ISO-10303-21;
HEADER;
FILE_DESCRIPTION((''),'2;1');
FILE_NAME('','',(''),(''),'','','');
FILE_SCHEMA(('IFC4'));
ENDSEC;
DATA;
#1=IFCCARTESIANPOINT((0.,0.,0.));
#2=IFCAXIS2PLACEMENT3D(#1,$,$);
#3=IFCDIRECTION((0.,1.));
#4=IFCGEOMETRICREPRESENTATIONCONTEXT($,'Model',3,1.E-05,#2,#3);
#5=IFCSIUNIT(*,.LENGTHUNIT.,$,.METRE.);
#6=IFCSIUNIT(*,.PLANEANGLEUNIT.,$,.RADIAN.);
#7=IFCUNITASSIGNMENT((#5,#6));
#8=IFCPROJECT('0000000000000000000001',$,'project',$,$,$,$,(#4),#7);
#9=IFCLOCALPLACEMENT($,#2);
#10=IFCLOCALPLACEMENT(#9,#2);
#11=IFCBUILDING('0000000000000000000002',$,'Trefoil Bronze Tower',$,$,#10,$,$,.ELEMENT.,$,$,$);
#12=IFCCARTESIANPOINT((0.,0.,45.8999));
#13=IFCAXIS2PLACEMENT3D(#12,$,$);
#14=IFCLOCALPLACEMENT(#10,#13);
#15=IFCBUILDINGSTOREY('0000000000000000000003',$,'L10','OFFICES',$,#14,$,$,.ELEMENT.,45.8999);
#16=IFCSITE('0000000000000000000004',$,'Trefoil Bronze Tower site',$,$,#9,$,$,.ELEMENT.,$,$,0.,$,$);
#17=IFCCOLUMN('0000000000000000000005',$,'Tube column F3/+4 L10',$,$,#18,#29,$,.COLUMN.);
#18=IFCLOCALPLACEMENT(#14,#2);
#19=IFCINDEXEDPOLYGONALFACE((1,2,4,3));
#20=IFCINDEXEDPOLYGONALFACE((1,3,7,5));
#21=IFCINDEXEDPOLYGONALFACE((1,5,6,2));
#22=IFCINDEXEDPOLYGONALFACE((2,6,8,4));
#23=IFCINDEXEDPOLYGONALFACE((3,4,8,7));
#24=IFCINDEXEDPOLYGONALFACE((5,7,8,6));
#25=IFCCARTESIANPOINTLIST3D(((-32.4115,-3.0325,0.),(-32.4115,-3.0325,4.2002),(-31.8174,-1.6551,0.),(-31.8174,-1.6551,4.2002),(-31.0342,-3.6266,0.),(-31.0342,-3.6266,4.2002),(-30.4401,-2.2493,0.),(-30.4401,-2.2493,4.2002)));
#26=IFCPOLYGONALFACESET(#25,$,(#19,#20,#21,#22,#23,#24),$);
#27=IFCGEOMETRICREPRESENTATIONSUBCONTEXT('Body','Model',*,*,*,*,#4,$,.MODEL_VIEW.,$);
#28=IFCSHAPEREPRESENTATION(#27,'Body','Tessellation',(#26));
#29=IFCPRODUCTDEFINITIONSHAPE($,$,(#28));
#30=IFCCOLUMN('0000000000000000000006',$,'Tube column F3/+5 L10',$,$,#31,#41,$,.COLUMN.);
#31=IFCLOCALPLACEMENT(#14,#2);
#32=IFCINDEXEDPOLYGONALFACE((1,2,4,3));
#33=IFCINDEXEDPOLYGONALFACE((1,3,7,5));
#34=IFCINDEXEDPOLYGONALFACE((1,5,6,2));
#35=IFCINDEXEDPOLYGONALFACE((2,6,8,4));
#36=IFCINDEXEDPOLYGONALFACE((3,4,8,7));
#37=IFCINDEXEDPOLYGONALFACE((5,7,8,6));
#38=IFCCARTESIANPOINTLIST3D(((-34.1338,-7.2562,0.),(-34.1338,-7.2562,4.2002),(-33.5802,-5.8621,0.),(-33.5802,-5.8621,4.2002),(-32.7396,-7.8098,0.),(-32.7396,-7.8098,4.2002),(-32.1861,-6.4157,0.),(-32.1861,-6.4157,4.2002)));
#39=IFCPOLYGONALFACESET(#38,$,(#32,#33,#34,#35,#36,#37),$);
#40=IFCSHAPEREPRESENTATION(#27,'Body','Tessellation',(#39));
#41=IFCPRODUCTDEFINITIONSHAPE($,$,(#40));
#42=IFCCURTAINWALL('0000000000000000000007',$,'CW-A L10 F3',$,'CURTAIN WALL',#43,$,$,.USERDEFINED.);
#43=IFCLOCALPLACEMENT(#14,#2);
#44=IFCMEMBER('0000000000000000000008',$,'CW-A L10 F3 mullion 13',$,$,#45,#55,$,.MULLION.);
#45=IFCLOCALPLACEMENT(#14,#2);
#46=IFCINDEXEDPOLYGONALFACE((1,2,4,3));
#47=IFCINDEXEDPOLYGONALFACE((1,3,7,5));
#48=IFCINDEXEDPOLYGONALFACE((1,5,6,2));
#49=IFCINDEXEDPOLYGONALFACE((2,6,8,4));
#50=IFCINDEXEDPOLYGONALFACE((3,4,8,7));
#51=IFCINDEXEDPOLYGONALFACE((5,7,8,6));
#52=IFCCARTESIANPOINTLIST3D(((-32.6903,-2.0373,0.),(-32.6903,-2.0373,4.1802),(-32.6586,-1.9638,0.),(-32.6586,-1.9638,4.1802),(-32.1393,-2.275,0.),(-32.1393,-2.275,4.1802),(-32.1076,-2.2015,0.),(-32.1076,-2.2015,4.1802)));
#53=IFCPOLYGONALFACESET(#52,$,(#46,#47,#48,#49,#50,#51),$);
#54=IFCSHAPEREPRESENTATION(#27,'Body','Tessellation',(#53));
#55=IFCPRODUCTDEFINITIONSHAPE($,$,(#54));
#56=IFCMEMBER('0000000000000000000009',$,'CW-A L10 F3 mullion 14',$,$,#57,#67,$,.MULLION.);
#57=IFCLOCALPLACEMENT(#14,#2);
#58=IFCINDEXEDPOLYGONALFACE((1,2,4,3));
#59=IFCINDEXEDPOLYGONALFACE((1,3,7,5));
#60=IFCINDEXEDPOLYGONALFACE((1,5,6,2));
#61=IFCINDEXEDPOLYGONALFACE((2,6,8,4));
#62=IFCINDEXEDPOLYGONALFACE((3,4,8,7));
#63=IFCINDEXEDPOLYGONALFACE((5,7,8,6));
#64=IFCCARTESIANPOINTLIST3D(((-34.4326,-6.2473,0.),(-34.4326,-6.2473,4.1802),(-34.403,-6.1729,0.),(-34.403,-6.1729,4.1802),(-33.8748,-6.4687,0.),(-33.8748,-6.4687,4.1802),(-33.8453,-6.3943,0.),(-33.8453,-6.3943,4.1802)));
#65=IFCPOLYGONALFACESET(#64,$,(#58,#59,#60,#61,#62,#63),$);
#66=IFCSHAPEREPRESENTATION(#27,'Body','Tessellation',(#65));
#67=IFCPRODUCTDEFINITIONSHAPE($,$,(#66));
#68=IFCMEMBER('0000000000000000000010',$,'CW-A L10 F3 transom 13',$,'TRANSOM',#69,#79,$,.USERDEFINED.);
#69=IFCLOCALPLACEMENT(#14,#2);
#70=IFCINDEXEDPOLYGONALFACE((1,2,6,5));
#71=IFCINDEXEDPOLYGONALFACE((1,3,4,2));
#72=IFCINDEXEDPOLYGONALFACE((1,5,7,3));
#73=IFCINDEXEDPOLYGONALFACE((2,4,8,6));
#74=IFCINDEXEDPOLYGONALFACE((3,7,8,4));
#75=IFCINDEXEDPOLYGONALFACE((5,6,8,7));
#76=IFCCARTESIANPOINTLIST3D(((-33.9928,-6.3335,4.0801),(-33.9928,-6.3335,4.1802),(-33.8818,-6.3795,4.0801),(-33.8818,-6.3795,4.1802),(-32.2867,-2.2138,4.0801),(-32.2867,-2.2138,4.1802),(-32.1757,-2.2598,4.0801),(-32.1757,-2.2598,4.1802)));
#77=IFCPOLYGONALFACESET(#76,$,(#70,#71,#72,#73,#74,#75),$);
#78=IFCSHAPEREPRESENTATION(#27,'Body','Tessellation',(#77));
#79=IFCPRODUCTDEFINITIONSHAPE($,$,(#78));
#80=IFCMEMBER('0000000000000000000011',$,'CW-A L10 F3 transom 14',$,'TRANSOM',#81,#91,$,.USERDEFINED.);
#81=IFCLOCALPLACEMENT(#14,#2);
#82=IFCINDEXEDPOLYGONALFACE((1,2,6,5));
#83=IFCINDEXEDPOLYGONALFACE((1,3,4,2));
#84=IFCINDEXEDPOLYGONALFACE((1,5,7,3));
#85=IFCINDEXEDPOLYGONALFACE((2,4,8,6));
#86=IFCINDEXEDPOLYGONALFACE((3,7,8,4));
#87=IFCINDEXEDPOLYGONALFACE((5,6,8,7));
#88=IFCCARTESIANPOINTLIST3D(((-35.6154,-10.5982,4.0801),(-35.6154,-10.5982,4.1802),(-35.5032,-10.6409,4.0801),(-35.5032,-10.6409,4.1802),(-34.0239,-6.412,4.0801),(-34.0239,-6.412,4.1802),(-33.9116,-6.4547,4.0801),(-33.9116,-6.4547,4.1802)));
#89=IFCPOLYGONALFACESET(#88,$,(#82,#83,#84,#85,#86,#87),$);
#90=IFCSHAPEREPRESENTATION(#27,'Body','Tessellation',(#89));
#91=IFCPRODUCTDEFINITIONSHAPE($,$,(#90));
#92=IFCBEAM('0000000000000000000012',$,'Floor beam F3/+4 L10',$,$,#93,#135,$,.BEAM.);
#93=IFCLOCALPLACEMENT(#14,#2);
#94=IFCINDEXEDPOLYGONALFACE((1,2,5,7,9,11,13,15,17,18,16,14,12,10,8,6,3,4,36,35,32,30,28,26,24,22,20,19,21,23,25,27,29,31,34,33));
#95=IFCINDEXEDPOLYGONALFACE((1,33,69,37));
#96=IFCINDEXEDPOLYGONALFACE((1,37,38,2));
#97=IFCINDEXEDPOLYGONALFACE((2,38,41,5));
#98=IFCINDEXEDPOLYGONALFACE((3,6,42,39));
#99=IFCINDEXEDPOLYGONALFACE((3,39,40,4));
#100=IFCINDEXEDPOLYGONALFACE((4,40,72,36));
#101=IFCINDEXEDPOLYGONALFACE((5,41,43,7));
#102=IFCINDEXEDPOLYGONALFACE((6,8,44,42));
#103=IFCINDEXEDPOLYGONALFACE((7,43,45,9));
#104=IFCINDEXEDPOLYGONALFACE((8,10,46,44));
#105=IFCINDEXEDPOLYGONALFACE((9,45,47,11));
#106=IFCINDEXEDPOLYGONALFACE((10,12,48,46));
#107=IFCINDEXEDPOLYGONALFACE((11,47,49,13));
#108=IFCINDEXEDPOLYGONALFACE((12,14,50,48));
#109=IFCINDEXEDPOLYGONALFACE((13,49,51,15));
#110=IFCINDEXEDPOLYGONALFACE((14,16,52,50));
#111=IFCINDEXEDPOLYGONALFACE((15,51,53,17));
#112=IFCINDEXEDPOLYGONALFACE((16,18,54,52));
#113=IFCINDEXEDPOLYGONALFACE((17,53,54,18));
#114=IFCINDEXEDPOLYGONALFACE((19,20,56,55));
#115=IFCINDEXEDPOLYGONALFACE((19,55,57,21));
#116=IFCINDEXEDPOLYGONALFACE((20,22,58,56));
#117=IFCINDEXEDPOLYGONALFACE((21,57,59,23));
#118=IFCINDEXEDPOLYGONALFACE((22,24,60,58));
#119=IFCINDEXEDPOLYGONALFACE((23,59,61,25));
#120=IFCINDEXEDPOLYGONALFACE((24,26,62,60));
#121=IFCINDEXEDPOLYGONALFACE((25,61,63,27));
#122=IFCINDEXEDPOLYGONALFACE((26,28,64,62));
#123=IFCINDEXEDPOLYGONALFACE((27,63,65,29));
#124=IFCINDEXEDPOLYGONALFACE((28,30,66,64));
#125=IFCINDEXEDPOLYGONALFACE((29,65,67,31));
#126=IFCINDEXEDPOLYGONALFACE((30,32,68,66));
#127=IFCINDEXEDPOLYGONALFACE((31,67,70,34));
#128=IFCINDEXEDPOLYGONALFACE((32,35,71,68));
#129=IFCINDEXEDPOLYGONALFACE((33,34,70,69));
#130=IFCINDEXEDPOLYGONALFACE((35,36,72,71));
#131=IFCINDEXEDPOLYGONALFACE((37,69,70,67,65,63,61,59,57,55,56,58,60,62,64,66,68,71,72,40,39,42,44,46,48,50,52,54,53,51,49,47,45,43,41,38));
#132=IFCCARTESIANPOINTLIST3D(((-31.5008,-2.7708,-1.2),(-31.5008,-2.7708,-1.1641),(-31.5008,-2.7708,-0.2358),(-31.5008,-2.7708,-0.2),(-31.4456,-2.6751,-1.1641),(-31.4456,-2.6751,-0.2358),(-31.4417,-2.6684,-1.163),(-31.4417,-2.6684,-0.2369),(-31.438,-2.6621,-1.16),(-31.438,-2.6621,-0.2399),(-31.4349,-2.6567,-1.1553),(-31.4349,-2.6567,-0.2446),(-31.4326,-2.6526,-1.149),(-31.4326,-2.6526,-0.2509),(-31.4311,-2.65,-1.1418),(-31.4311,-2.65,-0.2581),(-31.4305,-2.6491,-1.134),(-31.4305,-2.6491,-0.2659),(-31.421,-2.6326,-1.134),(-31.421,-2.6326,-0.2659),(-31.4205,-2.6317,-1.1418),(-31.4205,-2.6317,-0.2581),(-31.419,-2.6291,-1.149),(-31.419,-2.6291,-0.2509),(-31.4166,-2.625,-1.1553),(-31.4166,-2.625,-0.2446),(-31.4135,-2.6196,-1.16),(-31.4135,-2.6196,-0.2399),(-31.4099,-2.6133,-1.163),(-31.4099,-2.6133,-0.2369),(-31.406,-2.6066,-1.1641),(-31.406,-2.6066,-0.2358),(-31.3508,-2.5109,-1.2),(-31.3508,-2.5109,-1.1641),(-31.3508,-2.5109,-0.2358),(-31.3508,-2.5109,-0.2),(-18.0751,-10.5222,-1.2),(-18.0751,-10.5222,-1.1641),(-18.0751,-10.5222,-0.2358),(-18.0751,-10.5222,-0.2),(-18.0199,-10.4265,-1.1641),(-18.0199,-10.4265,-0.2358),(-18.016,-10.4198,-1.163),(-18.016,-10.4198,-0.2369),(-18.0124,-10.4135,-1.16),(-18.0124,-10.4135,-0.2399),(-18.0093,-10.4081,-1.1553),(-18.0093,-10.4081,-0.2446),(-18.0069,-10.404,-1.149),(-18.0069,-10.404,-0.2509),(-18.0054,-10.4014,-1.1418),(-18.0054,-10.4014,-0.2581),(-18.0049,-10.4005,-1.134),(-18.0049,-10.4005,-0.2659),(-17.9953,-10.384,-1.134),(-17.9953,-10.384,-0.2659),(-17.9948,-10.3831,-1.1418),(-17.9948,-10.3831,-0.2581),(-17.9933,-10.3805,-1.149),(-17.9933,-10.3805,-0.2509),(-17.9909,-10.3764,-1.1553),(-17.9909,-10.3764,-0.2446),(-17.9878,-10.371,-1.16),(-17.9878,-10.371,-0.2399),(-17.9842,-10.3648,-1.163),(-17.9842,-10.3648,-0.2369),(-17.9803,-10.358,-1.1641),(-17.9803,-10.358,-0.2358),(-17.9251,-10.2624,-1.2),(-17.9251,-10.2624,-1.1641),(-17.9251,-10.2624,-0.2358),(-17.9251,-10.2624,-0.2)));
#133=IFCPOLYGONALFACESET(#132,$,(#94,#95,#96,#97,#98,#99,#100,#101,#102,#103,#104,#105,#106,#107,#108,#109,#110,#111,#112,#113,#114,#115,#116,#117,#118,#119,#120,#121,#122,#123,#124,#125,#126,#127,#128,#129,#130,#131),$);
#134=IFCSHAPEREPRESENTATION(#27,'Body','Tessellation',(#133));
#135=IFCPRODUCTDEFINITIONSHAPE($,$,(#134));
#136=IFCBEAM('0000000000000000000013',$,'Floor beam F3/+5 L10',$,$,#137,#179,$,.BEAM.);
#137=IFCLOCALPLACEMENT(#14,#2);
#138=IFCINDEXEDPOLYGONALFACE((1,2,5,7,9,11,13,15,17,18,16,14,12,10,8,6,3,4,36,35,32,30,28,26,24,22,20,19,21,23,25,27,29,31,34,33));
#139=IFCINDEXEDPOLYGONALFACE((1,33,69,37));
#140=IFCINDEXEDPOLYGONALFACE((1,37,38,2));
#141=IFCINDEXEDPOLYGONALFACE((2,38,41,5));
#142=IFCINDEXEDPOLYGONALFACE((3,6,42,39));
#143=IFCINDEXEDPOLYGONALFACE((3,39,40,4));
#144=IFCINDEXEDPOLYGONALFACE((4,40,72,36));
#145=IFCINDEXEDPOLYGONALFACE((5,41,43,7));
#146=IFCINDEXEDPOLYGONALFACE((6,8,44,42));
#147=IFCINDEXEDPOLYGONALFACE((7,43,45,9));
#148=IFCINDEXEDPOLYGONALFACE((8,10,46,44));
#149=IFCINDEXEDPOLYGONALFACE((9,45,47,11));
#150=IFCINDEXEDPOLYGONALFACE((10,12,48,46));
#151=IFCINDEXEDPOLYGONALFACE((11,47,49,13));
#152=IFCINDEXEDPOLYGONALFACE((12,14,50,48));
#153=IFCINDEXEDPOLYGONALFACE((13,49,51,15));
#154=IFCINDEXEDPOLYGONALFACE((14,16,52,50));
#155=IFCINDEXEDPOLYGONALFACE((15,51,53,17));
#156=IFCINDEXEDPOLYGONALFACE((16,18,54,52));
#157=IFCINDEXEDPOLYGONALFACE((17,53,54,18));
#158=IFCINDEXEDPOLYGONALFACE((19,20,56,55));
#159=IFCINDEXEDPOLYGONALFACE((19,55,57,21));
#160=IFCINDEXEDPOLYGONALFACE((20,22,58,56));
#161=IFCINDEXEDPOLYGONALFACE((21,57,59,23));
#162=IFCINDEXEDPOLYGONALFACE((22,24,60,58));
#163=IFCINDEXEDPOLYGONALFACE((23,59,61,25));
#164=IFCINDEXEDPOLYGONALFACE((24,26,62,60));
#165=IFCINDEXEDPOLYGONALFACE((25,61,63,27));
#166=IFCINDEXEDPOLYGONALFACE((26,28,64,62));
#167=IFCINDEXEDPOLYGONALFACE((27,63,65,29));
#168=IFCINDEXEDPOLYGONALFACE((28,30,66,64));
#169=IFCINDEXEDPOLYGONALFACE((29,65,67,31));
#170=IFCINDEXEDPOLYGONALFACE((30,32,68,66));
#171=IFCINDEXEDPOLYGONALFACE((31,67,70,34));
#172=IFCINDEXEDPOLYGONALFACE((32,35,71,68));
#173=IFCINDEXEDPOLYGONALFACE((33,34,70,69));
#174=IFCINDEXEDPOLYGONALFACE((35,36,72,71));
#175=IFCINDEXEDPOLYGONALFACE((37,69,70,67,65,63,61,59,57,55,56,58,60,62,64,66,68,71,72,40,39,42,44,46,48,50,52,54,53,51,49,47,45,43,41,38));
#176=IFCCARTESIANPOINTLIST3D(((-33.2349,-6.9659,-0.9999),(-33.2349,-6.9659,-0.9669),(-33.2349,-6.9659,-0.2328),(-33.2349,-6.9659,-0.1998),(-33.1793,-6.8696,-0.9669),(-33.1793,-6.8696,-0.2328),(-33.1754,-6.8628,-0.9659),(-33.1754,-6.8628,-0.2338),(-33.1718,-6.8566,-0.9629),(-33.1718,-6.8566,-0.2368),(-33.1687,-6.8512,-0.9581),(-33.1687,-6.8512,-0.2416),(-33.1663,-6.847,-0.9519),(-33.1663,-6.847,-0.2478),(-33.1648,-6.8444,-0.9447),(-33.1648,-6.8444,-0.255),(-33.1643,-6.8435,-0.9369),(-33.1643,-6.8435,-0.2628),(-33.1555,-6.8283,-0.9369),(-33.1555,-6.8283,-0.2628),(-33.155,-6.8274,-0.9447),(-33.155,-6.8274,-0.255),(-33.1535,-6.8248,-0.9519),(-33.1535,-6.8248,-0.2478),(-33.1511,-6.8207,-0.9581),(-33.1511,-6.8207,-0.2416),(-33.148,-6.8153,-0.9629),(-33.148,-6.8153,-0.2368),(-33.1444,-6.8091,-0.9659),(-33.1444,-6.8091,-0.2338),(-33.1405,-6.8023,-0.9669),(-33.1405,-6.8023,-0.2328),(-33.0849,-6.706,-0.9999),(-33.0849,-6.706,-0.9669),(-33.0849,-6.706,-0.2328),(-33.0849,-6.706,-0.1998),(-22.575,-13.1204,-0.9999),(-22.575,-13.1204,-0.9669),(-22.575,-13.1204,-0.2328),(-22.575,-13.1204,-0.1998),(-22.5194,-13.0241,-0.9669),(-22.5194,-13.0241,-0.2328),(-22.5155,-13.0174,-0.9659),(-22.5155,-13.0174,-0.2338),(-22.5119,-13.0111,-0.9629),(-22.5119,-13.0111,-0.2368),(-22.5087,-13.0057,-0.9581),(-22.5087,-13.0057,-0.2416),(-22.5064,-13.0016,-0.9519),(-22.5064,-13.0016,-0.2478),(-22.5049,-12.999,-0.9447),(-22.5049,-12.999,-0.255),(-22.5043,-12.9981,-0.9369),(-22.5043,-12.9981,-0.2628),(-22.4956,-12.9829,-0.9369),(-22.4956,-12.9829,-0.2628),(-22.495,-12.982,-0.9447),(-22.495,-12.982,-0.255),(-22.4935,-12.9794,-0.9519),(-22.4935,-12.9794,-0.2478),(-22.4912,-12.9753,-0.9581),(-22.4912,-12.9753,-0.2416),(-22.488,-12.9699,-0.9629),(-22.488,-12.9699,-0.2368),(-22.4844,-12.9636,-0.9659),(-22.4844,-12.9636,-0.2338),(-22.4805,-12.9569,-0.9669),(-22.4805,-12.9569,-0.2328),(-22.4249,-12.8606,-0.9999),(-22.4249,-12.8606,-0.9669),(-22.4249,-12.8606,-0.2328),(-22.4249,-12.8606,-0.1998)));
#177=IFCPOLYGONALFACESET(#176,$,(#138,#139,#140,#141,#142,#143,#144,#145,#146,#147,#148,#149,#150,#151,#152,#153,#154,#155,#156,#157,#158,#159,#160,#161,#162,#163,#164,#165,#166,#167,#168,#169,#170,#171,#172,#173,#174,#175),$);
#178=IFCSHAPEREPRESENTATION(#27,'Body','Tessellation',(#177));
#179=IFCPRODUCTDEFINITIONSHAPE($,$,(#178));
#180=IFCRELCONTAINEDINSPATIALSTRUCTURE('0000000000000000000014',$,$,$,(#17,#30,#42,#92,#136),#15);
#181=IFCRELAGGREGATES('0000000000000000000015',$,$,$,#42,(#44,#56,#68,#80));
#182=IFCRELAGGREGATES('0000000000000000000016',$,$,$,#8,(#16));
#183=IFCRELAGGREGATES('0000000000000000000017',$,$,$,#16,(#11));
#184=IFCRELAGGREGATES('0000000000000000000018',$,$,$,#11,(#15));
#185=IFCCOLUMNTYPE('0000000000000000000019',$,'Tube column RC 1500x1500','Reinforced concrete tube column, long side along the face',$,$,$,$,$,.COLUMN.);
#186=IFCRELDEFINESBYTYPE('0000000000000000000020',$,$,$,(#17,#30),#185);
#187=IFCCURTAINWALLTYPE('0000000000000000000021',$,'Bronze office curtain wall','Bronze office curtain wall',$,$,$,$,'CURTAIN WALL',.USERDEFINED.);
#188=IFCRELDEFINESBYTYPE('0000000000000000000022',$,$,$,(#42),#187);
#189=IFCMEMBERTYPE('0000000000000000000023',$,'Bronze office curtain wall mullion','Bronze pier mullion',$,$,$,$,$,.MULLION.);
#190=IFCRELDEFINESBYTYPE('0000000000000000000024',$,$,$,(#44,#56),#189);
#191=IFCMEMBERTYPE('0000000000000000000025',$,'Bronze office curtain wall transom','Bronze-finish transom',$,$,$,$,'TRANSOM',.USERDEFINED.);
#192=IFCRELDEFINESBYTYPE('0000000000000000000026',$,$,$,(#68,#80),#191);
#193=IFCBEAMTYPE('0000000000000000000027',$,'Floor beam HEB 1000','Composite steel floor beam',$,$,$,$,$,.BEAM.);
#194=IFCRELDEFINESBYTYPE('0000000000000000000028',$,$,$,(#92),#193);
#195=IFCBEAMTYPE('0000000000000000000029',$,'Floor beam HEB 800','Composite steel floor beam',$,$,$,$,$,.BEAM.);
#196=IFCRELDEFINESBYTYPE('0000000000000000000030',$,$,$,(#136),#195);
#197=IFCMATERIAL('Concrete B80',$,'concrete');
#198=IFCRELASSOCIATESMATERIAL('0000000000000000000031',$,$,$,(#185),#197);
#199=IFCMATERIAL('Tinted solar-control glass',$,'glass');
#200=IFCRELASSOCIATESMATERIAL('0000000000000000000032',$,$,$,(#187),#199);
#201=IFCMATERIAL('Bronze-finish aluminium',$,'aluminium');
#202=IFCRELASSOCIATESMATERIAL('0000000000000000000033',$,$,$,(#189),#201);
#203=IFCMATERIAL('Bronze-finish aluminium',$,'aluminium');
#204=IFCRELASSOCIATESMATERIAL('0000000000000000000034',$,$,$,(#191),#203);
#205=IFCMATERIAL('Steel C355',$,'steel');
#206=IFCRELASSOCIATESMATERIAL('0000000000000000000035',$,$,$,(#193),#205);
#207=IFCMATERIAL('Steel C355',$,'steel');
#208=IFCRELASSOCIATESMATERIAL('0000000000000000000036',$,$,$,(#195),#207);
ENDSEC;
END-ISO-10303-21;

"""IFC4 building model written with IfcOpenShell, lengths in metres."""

from ifc_helpers import new_model, si_unit, direction, frame, origin, origin_2d, place, context, subcontext, project, spatial, rectangle, i_section, extrude, material, material_profile, profile_set, type_object, element, aggregate, save


model = new_model("IFC4")

# Units and contexts
model_context = context("Model", 3, precision=1e-05, world=origin(), true_north=direction((0.0, 1.0)))
body_context = subcontext(model_context, "Body", "Model", "MODEL_VIEW")
ifc_project = project(units=[si_unit("LENGTHUNIT", "METRE"), si_unit("PLANEANGLEUNIT", "RADIAN")], contexts=[model_context])

# Site, building, storey
site_placement = place(None, origin())
site = spatial("IfcSite", under=ifc_project, at=site_placement, Name="Trefoil Bronze Tower site", CompositionType="ELEMENT", RefElevation=0.0)
building_placement = place(site_placement, origin())
building = spatial("IfcBuilding", under=site, at=building_placement, Name="Trefoil Bronze Tower", CompositionType="ELEMENT")
storey_placement = place(building_placement, frame((0.0, 0.0, 45.8999)))
storey = spatial("IfcBuildingStorey", under=building, at=storey_placement, Name="L10", Description="OFFICES", CompositionType="ELEMENT", Elevation=45.8999)

# Columns
ifc_material_1 = material(Name="Concrete B80", Category="concrete")
ifc_material_profile_1 = material_profile(ifc_material_1, rectangle(XDim=1.5, YDim=1.5, at=origin_2d()), Name="RC 1500x1500")
ifc_profile_set_1 = profile_set([ifc_material_profile_1], Name="Concrete B80")
column_type = type_object("IfcColumnType", Name="Tube column RC 1500x1500", Description="Reinforced concrete tube column, long side along the face", PredefinedType="COLUMN", material=ifc_profile_set_1)
for number, where, z_axis, x_axis, name in (
    (1, (-31.4258, -2.6409, 0.0), (0.0, 0.0, 1.0), (-0.396085, -0.918214, 0.0), "Tube column F3/+4 L10"),
    (2, (-33.1599, -6.8359, 0.0), (0.0, 0.0, 1.0), (-0.36904, -0.929414, 0.0), "Tube column F3/+5 L10"),
):
    element("IfcColumn", number, at=place(storey_placement, frame(where, z_axis=z_axis, x_axis=x_axis)), inside=storey, type_object=column_type, Name=name, PredefinedType="COLUMN", context=body_context, shape_type="SweptSolid", body=[
        extrude(rectangle(XDim=1.5, YDim=1.5, at=origin_2d()), origin(), (0.0, 0.0, 1.0), 4.2002),
    ])

# Curtain wall, members
ifc_material_2 = material(Name="Tinted solar-control glass", Category="glass")
curtain_wall_type = type_object("IfcCurtainWallType", Name="Bronze office curtain wall", Description="Bronze office curtain wall", ElementType="CURTAIN WALL", PredefinedType="USERDEFINED", material=ifc_material_2)
curtain_wall_placement = place(storey_placement, origin())
curtain_wall = element("IfcCurtainWall", 3, at=curtain_wall_placement, inside=storey, type_object=curtain_wall_type, Name="CW-A L10 F3", ObjectType="CURTAIN WALL", PredefinedType="USERDEFINED")
ifc_material_3 = material(Name="Bronze-finish aluminium", Category="aluminium")
ifc_material_profile_2 = material_profile(ifc_material_3, rectangle(XDim=0.6001, YDim=0.0801, at=origin_2d()), Name="CW-A mullion")
ifc_profile_set_2 = profile_set([ifc_material_profile_2], Name="Bronze-finish aluminium")
member_type_1 = type_object("IfcMemberType", Name="Bronze office curtain wall mullion", Description="Bronze pier mullion", PredefinedType="MULLION", material=ifc_profile_set_2)
member_1_placement = place(storey_placement, frame((-32.3989, -2.1194, 0.0), z_axis=(0.0, 0.0, 1.0), x_axis=(0.918214, -0.396085, 0.0)))
member_1 = element("IfcMember", 4, at=member_1_placement, type_object=member_type_1, Name="CW-A L10 F3 mullion 13", PredefinedType="MULLION", context=body_context, shape_type="SweptSolid", body=[
    extrude(rectangle(XDim=0.6001, YDim=0.0801, at=origin_2d()), origin(), (0.0, 0.0, 1.0), 4.1802),
])
member_2_placement = place(storey_placement, frame((-34.1389, -6.3208, 0.0), z_axis=(0.0, 0.0, 1.0), x_axis=(0.929414, -0.36904, 0.0)))
member_2 = element("IfcMember", 5, at=member_2_placement, type_object=member_type_1, Name="CW-A L10 F3 mullion 14", PredefinedType="MULLION", context=body_context, shape_type="SweptSolid", body=[
    extrude(rectangle(XDim=0.6001, YDim=0.0801, at=origin_2d()), origin(), (0.0, 0.0, 1.0), 4.1802),
])
ifc_material_4 = material(Name="Bronze-finish aluminium", Category="aluminium")
ifc_material_profile_3 = material_profile(ifc_material_4, rectangle(XDim=0.1201, YDim=0.1001, at=origin_2d()), Name="CW-A transom")
ifc_profile_set_3 = profile_set([ifc_material_profile_3], Name="Bronze-finish aluminium")
member_type_2 = type_object("IfcMemberType", Name="Bronze office curtain wall transom", Description="Bronze-finish transom", ElementType="TRANSOM", PredefinedType="USERDEFINED", material=ifc_profile_set_3)
member_3_placement = place(storey_placement, frame((-32.2312, -2.2368, 4.1301), z_axis=(-0.382616, -0.923907, 0.0), x_axis=(0.923907, -0.382616, 0.0)))
member_3 = element("IfcMember", 6, at=member_3_placement, type_object=member_type_2, Name="CW-A L10 F3 transom 13", ObjectType="TRANSOM", PredefinedType="USERDEFINED", context=body_context, shape_type="SweptSolid", body=[
    extrude(rectangle(XDim=0.1201, YDim=0.1001, at=origin_2d()), origin(), (0.0, 0.0, 1.0), 4.459),
])
member_4_placement = place(storey_placement, frame((-33.9678, -6.4333, 4.1301), z_axis=(-0.355367, -0.934727, 0.0), x_axis=(0.934727, -0.355367, 0.0)))
member_4 = element("IfcMember", 7, at=member_4_placement, type_object=member_type_2, Name="CW-A L10 F3 transom 14", ObjectType="TRANSOM", PredefinedType="USERDEFINED", context=body_context, shape_type="SweptSolid", body=[
    extrude(rectangle(XDim=0.1201, YDim=0.1001, at=origin_2d()), origin(), (0.0, 0.0, 1.0), 4.4785),
])

# Beams
ifc_material_5 = material(Name="Steel C355", Category="steel")
ifc_material_profile_4 = material_profile(ifc_material_5, i_section(OverallWidth=0.3, OverallDepth=1.0, WebThickness=0.019, FlangeThickness=0.0359, FilletRadius=0.03, at=origin_2d()), Name="HEB 1000")
ifc_profile_set_4 = profile_set([ifc_material_profile_4], Name="Steel C355")
beam_type_1 = type_object("IfcBeamType", Name="Floor beam HEB 1000", Description="Composite steel floor beam", PredefinedType="BEAM", material=ifc_profile_set_4)
beam_1_placement = place(storey_placement, frame((-31.4258, -2.6409, -0.7), z_axis=(0.866023, -0.500004, 0.0), x_axis=(0.500004, 0.866023, 0.0)))
element("IfcBeam", 8, at=beam_1_placement, inside=storey, type_object=beam_type_1, Name="Floor beam F3/+4 L10", PredefinedType="BEAM", context=body_context, shape_type="SweptSolid", body=[
    extrude(i_section(OverallWidth=0.3, OverallDepth=1.0, WebThickness=0.019, FlangeThickness=0.0359, FilletRadius=0.03, at=origin_2d()), origin(), (0.0, 0.0, 1.0), 15.5027),
])
ifc_material_6 = material(Name="Steel C355", Category="steel")
ifc_material_profile_5 = material_profile(ifc_material_6, i_section(OverallWidth=0.3, OverallDepth=0.8, WebThickness=0.0176, FlangeThickness=0.033, FilletRadius=0.03, at=origin_2d()), Name="HEB 800")
ifc_profile_set_5 = profile_set([ifc_material_profile_5], Name="Steel C355")
beam_type_2 = type_object("IfcBeamType", Name="Floor beam HEB 800", Description="Composite steel floor beam", PredefinedType="BEAM", material=ifc_profile_set_5)
beam_2_placement = place(storey_placement, frame((-33.1599, -6.8359, -0.5999), z_axis=(0.866024, -0.500002, 0.0), x_axis=(0.500002, 0.866024, 0.0)))
element("IfcBeam", 9, at=beam_2_placement, inside=storey, type_object=beam_type_2, Name="Floor beam F3/+5 L10", PredefinedType="BEAM", context=body_context, shape_type="SweptSolid", body=[
    extrude(i_section(OverallWidth=0.3, OverallDepth=0.8, WebThickness=0.0176, FlangeThickness=0.033, FilletRadius=0.03, at=origin_2d()), origin(), (0.0, 0.0, 1.0), 12.3091),
])

aggregate(curtain_wall, [member_1, member_2, member_3, member_4])

save(model, "model.ifc")
